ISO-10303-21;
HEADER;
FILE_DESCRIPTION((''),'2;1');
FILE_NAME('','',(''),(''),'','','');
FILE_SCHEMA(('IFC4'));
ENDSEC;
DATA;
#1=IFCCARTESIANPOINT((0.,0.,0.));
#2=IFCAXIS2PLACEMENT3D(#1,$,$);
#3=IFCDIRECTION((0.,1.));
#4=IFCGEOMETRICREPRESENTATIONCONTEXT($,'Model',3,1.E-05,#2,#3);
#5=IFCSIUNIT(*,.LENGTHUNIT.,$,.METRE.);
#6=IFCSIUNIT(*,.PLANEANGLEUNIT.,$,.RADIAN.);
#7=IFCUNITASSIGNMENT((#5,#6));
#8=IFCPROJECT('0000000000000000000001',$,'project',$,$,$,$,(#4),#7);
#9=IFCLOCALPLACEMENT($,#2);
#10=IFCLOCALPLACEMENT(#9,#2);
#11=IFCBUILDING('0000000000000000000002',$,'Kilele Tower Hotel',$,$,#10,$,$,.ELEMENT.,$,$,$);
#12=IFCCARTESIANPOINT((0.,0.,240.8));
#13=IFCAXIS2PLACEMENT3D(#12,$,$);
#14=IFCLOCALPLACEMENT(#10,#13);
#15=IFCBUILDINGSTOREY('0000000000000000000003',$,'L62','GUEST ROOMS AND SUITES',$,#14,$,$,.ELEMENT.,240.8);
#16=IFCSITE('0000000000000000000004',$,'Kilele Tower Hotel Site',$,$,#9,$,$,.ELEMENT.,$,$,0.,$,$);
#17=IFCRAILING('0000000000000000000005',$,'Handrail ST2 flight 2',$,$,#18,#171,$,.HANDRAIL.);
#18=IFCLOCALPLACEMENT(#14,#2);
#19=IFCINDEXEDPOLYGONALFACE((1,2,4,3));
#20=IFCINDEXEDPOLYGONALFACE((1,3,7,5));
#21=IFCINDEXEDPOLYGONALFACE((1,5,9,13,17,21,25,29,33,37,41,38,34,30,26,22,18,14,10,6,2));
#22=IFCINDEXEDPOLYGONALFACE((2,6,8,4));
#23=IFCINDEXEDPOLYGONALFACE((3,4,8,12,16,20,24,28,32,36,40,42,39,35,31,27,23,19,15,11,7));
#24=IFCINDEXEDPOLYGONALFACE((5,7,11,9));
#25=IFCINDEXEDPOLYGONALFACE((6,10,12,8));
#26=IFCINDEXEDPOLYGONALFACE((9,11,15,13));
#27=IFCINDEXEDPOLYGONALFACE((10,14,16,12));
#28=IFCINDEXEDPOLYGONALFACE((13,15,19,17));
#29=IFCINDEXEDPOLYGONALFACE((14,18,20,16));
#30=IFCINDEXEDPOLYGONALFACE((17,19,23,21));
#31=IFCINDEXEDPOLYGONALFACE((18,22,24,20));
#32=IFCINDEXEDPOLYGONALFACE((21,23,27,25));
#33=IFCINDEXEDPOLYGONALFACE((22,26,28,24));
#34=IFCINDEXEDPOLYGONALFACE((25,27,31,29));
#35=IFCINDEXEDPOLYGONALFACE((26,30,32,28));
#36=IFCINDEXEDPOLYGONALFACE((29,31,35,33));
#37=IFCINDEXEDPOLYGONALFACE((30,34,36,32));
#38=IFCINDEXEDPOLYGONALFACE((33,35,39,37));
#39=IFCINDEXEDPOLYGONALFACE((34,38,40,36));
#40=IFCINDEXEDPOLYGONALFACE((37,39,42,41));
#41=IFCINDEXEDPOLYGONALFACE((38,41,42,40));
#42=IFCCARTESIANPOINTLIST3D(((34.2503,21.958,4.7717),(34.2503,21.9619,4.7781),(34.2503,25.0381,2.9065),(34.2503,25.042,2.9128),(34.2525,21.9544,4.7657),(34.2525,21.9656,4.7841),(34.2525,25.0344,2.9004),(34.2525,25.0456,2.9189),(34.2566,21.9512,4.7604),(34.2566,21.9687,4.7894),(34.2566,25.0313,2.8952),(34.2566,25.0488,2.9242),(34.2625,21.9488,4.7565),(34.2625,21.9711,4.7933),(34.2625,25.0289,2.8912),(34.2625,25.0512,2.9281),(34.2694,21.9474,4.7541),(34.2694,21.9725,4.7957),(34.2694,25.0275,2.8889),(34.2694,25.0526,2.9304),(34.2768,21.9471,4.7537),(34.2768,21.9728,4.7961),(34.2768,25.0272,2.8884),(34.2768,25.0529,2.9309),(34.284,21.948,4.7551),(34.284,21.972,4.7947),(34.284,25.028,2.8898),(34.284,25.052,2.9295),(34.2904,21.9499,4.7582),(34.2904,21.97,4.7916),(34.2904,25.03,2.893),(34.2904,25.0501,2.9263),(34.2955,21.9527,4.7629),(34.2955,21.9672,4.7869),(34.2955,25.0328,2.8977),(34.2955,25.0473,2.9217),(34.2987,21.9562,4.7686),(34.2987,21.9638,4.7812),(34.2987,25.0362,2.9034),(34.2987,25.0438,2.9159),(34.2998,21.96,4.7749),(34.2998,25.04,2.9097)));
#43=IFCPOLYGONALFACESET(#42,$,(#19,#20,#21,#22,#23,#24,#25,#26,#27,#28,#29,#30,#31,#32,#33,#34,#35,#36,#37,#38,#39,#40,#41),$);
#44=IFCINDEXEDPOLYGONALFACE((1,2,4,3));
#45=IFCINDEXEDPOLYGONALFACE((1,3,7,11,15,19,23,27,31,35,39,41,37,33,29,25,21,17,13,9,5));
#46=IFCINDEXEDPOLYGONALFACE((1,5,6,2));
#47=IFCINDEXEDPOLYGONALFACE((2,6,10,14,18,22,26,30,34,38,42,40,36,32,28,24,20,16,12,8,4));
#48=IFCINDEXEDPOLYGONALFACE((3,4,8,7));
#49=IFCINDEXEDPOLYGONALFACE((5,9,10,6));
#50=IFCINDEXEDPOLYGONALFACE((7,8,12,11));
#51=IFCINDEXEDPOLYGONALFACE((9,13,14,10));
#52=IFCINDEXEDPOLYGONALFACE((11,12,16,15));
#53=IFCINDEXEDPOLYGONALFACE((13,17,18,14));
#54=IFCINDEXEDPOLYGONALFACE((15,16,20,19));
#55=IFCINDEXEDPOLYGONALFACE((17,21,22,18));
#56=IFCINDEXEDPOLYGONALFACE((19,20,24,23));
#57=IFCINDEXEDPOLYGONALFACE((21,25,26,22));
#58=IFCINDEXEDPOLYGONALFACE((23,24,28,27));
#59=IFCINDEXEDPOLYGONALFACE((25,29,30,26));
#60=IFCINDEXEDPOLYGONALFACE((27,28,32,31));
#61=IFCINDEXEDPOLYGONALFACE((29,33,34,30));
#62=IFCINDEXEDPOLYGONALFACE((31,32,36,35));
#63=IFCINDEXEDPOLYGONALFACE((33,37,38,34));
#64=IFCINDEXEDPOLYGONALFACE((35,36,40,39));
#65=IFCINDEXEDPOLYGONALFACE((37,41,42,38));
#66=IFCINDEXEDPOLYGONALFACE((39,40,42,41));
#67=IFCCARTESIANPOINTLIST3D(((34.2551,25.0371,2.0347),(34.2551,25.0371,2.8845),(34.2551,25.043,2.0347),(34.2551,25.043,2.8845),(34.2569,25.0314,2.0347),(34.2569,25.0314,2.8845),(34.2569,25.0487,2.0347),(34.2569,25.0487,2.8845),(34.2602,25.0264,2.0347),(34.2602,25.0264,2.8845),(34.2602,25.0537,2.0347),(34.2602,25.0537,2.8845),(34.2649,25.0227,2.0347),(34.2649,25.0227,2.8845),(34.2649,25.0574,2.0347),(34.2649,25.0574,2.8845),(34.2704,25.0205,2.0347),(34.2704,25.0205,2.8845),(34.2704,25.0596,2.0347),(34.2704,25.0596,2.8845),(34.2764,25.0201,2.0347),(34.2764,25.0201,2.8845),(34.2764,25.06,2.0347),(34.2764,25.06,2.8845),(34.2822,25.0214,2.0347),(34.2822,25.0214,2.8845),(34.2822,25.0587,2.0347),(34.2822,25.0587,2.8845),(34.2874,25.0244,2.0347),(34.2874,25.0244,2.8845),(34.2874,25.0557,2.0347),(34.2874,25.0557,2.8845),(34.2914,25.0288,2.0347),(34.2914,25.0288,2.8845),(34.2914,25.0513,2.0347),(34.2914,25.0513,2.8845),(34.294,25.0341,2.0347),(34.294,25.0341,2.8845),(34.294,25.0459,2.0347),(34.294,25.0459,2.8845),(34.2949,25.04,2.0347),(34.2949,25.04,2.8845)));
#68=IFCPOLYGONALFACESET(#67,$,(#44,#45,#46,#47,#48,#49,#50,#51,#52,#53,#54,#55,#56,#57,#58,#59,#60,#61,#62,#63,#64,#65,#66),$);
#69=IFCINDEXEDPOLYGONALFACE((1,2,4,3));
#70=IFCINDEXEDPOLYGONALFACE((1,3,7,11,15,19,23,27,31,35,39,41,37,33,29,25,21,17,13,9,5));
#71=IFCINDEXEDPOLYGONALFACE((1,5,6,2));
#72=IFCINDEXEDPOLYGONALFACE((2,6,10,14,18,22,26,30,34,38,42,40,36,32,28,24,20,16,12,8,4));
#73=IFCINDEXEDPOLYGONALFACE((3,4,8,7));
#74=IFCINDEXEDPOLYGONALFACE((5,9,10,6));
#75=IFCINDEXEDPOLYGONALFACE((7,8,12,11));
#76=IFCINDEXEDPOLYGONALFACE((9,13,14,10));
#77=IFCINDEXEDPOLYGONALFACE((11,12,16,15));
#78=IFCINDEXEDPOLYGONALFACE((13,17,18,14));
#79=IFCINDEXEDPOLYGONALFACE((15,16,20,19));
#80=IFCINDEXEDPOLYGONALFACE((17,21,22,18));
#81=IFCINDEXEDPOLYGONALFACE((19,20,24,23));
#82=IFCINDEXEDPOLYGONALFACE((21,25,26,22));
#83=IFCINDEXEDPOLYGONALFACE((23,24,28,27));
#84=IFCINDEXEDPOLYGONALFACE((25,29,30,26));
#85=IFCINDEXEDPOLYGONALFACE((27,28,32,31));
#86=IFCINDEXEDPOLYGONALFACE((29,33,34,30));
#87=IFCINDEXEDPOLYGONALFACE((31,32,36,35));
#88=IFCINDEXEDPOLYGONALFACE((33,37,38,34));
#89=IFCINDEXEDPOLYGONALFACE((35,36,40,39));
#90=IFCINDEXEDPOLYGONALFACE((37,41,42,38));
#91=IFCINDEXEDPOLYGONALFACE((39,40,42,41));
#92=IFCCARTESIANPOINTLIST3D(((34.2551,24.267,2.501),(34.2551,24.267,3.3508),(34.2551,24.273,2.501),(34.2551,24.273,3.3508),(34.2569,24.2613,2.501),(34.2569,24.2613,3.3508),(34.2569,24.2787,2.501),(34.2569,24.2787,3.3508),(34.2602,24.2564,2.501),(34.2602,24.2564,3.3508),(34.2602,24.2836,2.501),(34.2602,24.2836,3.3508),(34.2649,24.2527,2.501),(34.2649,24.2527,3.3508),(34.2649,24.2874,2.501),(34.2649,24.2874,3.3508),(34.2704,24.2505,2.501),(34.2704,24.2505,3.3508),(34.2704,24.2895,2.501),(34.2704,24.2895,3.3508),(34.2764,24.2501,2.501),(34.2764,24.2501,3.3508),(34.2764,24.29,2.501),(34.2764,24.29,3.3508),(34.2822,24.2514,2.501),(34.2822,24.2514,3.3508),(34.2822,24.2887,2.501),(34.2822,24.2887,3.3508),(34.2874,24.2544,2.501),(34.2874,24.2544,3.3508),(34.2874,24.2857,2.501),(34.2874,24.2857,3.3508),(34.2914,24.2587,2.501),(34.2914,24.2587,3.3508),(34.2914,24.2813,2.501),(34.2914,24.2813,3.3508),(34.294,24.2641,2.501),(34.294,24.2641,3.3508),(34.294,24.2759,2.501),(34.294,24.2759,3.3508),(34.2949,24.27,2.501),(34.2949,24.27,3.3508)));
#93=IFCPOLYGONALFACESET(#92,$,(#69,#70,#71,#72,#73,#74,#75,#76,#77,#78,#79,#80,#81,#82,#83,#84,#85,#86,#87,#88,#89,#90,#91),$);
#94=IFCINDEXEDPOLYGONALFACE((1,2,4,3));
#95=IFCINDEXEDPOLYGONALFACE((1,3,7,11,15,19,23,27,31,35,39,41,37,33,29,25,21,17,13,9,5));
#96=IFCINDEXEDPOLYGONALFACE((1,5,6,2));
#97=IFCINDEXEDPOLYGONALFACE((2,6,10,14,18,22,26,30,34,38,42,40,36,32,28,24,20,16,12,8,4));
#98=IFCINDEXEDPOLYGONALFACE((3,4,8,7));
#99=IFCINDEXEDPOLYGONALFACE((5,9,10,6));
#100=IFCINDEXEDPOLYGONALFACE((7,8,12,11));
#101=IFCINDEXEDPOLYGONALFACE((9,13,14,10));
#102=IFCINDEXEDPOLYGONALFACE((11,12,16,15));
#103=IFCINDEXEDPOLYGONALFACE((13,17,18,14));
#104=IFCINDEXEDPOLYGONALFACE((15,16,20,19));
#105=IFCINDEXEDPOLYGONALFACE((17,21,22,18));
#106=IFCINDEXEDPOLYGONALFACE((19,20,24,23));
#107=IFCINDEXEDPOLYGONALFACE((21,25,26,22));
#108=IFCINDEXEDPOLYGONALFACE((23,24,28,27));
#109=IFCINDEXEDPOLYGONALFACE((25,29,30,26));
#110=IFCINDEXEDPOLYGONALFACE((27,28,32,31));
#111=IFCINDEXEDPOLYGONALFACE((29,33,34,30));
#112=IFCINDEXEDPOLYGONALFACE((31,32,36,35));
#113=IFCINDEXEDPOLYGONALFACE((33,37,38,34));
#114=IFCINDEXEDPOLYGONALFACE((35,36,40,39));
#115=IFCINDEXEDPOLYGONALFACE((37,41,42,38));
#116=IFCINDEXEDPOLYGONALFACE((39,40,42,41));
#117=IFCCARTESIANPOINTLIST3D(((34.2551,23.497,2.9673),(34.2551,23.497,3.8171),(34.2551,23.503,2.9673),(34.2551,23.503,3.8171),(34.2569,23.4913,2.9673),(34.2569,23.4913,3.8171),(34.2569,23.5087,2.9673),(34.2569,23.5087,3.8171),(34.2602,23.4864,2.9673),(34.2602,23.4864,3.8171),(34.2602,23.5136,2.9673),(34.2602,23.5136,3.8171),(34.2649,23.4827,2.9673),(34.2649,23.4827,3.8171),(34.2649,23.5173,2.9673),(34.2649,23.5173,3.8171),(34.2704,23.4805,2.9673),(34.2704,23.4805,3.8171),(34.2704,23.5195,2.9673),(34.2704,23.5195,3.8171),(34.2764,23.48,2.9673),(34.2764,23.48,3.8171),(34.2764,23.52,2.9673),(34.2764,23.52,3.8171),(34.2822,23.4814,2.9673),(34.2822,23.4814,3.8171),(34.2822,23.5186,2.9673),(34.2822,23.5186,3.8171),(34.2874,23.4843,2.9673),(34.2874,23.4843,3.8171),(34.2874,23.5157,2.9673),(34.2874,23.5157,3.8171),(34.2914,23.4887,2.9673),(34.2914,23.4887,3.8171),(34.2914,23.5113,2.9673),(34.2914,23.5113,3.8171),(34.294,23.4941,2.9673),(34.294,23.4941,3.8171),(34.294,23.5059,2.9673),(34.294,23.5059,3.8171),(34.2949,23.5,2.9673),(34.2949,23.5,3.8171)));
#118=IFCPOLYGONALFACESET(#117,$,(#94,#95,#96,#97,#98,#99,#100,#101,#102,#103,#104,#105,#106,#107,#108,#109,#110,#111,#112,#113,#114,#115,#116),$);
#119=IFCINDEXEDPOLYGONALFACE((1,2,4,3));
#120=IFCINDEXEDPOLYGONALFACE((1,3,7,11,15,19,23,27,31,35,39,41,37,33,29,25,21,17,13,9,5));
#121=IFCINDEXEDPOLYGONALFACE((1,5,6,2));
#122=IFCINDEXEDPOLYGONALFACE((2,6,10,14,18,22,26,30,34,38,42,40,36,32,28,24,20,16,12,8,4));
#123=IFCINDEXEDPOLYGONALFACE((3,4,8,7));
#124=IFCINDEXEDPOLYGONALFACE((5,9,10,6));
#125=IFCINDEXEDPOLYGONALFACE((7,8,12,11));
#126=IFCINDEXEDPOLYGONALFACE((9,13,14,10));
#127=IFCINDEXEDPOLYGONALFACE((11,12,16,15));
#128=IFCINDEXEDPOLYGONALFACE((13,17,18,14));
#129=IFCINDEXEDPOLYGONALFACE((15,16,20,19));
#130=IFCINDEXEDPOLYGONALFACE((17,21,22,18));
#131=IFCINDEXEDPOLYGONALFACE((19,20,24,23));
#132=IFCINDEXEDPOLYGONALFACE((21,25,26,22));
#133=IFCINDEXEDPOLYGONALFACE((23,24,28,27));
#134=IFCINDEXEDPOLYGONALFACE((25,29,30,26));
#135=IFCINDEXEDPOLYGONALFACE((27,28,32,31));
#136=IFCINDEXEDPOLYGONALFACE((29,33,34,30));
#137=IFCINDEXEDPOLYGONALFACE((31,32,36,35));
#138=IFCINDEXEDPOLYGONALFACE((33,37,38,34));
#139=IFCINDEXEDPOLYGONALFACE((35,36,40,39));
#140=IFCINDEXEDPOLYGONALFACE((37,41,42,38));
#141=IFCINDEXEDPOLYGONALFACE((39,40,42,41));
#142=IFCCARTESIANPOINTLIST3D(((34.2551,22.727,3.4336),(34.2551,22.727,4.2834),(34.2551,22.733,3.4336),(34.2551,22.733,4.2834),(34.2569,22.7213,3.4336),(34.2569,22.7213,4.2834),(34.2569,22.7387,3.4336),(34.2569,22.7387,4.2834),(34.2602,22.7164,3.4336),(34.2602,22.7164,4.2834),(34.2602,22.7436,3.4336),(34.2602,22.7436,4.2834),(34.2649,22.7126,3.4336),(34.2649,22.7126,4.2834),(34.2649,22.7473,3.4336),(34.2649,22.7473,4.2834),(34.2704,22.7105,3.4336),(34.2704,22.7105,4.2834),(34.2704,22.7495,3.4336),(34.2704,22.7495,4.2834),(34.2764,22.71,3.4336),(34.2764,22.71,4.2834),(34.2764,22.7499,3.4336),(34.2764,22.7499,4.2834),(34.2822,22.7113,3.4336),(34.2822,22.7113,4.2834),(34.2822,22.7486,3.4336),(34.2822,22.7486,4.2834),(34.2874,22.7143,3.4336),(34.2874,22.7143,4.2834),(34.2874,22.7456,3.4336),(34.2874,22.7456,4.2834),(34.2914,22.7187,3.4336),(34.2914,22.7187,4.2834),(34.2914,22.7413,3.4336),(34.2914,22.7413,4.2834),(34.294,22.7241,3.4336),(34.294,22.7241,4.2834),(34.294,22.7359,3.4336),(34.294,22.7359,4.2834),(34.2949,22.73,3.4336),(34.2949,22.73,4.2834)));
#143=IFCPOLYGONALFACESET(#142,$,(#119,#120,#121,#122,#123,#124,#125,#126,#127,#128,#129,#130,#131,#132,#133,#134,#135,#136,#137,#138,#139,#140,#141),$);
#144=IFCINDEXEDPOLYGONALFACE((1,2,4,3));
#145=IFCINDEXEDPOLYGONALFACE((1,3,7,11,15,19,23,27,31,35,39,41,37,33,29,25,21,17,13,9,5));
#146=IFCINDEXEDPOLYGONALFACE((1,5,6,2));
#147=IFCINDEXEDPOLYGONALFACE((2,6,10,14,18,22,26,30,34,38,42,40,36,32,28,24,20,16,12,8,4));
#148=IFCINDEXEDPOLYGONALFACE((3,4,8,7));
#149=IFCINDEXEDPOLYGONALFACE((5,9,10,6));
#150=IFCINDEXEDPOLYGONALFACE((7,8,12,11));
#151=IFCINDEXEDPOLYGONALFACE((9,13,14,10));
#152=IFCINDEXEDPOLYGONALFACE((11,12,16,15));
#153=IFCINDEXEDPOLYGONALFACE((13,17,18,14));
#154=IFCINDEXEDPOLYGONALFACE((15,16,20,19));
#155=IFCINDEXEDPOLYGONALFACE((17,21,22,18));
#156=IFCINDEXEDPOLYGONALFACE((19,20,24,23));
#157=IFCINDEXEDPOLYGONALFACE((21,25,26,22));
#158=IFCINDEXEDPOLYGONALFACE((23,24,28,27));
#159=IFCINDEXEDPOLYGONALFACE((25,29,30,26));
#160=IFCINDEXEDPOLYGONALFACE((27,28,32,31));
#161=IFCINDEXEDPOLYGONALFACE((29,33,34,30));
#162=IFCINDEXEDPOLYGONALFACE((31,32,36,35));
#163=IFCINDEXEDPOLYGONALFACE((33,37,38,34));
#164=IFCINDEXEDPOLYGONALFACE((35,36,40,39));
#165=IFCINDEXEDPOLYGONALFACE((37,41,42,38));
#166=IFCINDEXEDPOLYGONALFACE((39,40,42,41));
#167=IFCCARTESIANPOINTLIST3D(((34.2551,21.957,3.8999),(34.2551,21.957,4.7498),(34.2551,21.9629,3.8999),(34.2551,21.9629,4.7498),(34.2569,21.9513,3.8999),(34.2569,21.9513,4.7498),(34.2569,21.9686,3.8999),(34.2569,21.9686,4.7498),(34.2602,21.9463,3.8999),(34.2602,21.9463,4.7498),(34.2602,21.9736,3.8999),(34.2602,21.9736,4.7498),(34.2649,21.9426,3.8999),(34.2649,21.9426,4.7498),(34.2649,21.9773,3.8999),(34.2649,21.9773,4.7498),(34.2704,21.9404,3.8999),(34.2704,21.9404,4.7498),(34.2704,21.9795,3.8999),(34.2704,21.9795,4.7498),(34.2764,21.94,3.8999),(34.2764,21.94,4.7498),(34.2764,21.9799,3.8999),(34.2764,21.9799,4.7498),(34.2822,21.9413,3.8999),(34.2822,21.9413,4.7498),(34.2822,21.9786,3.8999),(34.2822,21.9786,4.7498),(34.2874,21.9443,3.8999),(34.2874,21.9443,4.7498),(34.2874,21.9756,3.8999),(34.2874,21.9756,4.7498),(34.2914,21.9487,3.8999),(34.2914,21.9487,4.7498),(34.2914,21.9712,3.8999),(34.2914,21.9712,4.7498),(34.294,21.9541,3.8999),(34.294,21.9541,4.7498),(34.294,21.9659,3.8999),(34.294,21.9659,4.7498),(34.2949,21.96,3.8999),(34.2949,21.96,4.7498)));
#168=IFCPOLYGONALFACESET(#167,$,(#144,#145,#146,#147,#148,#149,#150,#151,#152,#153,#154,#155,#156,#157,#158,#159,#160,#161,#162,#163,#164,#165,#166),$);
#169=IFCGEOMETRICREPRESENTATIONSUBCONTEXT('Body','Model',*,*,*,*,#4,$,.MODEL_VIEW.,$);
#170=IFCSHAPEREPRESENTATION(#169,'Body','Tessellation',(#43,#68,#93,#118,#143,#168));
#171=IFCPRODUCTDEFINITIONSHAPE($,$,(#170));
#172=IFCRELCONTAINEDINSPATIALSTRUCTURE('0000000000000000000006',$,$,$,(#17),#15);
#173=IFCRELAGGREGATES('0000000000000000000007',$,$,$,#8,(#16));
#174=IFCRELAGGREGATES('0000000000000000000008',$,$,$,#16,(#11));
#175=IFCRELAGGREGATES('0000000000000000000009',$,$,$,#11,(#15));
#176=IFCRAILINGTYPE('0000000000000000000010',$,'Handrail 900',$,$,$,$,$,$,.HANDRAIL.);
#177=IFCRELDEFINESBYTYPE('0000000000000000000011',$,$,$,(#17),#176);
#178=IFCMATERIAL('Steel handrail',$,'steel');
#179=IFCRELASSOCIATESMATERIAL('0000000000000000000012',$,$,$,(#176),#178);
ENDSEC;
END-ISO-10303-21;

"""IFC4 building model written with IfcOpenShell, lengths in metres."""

from ifc_helpers import new_model, si_unit, direction, frame, origin, origin_2d, place, context, subcontext, project, spatial, circle, extrude, material, type_object, element, save


model = new_model("IFC4")

# Units and contexts
model_context = context("Model", 3, precision=1e-05, world=origin(), true_north=direction((0.0, 1.0)))
body_context = subcontext(model_context, "Body", "Model", "MODEL_VIEW")
ifc_project = project(units=[si_unit("LENGTHUNIT", "METRE"), si_unit("PLANEANGLEUNIT", "RADIAN")], contexts=[model_context])

# Site, building, storey
site_placement = place(None, origin())
site = spatial("IfcSite", under=ifc_project, at=site_placement, Name="Kilele Tower Hotel Site", CompositionType="ELEMENT", RefElevation=0.0)
building_placement = place(site_placement, origin())
building = spatial("IfcBuilding", under=site, at=building_placement, Name="Kilele Tower Hotel", CompositionType="ELEMENT")
storey_placement = place(building_placement, frame((0.0, 0.0, 240.8)))
storey = spatial("IfcBuildingStorey", under=building, at=storey_placement, Name="L62", Description="GUEST ROOMS AND SUITES", CompositionType="ELEMENT", Elevation=240.8)

# Railing
ifc_material_1 = material(Name="Steel handrail", Category="steel")
railing_type_1 = type_object("IfcRailingType", Name="Handrail 900", PredefinedType="HANDRAIL", material=ifc_material_1)
for number, where, name in (
    (1, (34.2749, 25.04, 2.0347), "Handrail ST2 flight 2"),
):
    element("IfcRailing", number, at=place(storey_placement, frame(where)), inside=storey, type_object=railing_type_1, Name=name, PredefinedType="HANDRAIL", context=body_context, shape_type="SweptSolid", body=[
        extrude(circle(Radius=0.0249, at=origin_2d()), frame((0.0, 0.0, 0.875), z_axis=(0.0, -0.85538, 0.518001), x_axis=(1.0, 0.0, 0.0)), (0.0, 0.0, 1.0), 3.6008),
        extrude(circle(Radius=0.02, at=origin_2d()), origin(), (0.0, 0.0, 1.0), 0.8499),
        extrude(circle(Radius=0.02, at=origin_2d()), frame((0.0, -0.77, 0.4663)), (0.0, 0.0, 1.0), 0.8499),
        extrude(circle(Radius=0.02, at=origin_2d()), frame((0.0, -1.54, 0.9326)), (0.0, 0.0, 1.0), 0.8499),
        extrude(circle(Radius=0.02, at=origin_2d()), frame((0.0, -2.3101, 1.3989)), (0.0, 0.0, 1.0), 0.8499),
        extrude(circle(Radius=0.02, at=origin_2d()), frame((0.0, -3.0801, 1.8652)), (0.0, 0.0, 1.0), 0.8499),
    ])

save(model, "model.ifc")
